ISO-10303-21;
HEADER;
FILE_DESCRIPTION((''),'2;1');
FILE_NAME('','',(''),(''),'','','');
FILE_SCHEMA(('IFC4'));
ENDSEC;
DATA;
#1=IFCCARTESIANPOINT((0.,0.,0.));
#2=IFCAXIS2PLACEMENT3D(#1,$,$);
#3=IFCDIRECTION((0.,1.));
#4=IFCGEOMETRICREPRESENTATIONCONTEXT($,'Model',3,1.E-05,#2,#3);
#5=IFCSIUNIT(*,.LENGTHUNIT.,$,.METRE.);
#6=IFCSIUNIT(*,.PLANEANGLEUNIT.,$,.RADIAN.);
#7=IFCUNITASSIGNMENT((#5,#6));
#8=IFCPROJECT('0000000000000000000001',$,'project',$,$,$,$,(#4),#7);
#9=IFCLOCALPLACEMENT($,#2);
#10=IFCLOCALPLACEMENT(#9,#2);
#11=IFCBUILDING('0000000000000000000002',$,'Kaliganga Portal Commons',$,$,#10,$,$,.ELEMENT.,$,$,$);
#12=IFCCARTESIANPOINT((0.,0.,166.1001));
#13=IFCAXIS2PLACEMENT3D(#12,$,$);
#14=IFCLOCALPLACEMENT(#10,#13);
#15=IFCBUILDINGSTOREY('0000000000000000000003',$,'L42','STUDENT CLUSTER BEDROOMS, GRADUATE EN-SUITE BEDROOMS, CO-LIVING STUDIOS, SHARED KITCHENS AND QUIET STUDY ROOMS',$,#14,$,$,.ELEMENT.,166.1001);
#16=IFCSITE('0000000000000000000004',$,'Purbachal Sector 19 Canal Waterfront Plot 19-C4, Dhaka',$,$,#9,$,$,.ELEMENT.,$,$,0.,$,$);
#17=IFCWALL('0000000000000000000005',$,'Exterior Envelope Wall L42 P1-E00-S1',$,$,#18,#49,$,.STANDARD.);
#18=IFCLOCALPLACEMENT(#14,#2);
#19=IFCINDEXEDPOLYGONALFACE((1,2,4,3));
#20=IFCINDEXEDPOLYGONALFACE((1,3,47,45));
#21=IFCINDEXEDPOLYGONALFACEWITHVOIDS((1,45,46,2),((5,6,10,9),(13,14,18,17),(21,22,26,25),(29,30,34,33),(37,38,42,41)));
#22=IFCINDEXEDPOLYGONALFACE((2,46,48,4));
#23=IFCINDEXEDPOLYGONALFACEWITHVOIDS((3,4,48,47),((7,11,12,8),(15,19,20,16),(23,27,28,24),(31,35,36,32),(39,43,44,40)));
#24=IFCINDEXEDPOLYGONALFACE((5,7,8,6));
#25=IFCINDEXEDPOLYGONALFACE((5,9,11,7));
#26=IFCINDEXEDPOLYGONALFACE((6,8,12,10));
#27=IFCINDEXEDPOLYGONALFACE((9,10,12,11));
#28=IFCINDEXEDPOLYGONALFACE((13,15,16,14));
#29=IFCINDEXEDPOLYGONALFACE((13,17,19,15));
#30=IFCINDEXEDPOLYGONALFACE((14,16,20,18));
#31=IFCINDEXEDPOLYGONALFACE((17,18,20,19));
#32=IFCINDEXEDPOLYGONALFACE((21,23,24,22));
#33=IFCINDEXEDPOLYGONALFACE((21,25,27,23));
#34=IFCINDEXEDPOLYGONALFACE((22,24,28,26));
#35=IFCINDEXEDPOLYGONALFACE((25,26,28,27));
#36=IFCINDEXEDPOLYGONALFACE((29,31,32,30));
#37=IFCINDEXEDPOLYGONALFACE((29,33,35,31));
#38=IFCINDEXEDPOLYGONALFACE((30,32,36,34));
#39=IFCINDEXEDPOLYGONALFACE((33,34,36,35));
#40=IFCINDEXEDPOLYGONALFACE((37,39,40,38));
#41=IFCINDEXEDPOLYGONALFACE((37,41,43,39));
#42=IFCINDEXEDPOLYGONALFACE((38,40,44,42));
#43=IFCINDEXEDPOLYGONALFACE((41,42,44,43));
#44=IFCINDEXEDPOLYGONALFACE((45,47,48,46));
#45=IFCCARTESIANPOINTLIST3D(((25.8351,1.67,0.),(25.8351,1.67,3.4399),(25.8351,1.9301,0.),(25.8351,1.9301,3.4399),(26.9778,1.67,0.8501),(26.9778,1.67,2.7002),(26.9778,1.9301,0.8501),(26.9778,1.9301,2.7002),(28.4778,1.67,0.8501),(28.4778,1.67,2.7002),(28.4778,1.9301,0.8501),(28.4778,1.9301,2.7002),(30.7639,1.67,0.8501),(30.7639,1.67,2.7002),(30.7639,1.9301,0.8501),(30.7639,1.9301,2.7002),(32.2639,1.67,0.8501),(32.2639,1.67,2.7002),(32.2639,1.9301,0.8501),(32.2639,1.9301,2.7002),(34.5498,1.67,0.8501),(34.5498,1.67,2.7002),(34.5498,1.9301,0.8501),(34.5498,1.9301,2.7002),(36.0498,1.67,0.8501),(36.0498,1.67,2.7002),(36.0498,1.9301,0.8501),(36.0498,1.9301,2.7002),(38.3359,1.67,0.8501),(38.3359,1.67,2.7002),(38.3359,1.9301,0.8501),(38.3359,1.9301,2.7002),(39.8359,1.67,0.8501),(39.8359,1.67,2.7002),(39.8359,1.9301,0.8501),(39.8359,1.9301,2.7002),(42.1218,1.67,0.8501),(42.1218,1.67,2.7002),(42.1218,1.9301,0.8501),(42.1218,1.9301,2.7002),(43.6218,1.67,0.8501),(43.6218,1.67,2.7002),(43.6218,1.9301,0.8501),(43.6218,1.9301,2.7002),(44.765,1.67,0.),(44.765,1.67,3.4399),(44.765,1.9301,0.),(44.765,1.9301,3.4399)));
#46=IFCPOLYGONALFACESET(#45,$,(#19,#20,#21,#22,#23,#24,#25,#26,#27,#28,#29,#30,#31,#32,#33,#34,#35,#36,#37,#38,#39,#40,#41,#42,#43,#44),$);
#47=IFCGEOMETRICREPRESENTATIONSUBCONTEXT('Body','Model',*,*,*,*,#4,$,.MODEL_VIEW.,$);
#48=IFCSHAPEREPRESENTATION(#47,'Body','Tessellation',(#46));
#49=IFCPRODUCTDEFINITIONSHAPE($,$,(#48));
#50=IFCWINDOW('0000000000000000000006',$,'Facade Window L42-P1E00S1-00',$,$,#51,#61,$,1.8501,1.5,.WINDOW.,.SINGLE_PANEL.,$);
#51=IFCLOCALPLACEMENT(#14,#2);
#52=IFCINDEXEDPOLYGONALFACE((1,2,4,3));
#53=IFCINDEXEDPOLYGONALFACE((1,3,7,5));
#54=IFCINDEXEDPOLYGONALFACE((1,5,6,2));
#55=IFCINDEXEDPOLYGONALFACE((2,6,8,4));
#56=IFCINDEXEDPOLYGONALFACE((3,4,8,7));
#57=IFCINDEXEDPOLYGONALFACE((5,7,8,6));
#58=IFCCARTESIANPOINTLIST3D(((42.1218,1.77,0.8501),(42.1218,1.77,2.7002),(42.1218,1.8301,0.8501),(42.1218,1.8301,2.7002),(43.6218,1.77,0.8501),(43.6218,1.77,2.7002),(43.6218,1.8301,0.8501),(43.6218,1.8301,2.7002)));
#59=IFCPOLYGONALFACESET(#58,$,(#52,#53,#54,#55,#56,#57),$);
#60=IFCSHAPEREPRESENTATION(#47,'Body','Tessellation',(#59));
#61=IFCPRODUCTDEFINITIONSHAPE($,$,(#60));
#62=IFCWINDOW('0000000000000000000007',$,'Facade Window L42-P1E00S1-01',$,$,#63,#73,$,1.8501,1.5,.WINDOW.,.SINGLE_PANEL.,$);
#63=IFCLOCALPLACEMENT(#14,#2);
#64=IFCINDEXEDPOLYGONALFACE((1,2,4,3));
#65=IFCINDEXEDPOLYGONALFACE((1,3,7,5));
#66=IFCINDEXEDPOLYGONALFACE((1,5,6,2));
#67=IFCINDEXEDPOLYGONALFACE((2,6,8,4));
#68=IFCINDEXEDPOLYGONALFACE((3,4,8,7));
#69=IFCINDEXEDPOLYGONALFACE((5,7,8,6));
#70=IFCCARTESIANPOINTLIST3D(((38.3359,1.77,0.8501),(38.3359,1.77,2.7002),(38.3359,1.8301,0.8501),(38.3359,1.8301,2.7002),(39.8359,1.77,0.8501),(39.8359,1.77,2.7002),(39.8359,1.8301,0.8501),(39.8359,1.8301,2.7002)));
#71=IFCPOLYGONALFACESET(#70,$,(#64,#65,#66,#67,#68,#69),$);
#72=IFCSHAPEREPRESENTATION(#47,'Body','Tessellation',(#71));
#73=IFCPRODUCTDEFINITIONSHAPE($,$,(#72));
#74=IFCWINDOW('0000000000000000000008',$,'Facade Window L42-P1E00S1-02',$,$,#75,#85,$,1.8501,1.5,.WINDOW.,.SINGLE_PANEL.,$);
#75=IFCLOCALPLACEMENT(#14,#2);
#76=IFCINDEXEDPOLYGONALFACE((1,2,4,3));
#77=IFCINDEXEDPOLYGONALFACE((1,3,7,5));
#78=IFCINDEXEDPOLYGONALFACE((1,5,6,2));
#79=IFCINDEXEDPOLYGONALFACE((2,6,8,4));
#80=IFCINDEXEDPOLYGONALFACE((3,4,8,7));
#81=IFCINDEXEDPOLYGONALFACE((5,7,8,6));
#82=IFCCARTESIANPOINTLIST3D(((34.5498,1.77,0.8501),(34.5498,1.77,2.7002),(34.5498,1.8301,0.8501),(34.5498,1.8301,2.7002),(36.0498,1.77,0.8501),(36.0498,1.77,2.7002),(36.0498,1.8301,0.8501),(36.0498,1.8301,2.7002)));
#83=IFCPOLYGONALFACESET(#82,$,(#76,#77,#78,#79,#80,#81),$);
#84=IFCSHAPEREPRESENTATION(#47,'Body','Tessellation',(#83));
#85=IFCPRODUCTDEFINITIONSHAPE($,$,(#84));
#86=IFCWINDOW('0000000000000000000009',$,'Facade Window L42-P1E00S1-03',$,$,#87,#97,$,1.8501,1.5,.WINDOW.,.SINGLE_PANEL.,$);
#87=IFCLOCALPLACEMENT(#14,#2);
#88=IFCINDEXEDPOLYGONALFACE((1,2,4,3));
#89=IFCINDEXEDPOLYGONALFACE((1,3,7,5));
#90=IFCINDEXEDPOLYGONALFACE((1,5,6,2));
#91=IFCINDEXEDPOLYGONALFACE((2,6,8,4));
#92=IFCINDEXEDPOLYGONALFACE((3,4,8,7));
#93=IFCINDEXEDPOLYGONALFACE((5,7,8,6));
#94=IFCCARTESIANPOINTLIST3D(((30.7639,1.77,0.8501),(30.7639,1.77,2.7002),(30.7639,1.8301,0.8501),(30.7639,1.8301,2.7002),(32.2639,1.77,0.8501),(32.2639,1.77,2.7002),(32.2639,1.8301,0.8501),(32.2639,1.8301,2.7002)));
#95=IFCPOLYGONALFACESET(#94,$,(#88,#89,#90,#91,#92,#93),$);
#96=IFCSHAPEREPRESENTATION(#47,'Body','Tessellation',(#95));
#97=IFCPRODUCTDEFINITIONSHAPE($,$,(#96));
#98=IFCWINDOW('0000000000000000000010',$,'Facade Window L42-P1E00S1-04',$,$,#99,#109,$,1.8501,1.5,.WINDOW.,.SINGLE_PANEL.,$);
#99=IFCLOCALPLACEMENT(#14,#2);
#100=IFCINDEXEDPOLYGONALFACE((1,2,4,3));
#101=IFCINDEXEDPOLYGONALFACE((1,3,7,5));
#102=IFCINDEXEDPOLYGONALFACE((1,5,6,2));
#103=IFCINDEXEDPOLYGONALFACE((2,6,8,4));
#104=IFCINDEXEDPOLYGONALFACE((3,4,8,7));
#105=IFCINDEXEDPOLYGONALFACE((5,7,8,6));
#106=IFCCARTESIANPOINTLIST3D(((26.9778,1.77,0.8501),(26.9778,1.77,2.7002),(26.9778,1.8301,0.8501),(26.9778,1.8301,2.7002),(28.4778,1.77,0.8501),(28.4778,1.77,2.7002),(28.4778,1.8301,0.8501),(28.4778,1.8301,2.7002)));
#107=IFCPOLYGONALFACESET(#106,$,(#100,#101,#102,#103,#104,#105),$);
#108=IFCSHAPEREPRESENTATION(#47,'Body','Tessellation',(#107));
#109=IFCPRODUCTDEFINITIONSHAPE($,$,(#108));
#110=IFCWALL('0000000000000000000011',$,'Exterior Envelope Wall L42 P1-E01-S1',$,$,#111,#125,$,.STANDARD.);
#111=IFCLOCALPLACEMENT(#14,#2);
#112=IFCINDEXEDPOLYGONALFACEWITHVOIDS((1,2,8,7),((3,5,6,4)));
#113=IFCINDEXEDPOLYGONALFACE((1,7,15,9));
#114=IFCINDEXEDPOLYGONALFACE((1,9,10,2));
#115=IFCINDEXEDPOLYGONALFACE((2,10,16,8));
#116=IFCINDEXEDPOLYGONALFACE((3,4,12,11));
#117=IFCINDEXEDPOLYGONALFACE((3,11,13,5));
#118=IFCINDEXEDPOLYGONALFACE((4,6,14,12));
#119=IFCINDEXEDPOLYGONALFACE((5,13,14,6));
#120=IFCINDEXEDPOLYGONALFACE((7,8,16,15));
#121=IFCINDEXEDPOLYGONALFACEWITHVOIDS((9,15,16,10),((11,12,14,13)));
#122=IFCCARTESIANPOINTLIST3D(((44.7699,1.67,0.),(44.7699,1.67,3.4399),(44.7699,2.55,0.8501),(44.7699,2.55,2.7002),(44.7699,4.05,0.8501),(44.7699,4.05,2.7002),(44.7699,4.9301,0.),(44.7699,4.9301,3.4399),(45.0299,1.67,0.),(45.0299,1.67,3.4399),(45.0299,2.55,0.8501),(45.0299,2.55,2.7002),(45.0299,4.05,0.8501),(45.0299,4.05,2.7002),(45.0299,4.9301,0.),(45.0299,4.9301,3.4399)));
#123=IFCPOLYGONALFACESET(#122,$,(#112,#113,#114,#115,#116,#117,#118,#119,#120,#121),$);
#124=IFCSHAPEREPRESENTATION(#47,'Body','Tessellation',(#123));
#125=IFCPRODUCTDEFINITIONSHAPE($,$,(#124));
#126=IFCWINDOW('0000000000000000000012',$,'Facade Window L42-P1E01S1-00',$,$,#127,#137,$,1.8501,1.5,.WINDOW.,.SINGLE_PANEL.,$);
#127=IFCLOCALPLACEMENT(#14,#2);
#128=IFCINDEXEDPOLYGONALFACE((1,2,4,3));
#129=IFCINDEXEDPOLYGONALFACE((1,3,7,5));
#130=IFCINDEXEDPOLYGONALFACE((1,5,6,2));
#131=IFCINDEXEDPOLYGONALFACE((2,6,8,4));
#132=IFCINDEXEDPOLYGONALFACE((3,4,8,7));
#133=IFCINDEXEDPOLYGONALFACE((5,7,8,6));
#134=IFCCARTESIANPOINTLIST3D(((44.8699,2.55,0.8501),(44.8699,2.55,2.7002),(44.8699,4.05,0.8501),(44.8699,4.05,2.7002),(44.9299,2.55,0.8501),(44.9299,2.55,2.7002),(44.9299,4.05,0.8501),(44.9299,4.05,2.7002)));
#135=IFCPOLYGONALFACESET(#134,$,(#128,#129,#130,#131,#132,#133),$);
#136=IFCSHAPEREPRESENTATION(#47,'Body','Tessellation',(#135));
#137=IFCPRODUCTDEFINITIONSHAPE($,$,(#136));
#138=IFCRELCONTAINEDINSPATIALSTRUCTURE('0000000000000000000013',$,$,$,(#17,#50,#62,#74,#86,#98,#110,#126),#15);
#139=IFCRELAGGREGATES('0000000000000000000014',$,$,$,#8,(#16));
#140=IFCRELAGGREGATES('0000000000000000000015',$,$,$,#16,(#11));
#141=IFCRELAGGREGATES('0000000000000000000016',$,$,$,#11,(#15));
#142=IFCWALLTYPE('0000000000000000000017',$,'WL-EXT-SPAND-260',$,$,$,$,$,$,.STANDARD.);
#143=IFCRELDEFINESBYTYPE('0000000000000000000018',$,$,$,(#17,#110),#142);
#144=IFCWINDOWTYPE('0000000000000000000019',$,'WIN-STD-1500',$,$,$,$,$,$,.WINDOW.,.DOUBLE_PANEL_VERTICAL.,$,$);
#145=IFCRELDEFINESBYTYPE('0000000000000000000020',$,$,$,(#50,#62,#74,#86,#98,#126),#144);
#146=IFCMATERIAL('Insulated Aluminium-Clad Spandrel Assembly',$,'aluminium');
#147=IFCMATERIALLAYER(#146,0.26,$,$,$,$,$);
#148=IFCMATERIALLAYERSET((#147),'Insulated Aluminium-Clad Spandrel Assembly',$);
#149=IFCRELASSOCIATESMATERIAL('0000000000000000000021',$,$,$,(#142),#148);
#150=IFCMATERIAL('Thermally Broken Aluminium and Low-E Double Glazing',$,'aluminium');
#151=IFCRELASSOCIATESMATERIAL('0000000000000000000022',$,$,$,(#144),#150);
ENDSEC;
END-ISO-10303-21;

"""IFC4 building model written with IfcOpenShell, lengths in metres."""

from ifc_helpers import new_model, si_unit, direction, frame, frame_2d, origin, place, context, subcontext, project, spatial, rectangle, extrude, material, layer, layer_set, type_object, element, fill, save


model = new_model("IFC4")

# Units and contexts
model_context = context("Model", 3, precision=1e-05, world=origin(), true_north=direction((0.0, 1.0)))
body_context = subcontext(model_context, "Body", "Model", "MODEL_VIEW")
ifc_project = project(units=[si_unit("LENGTHUNIT", "METRE"), si_unit("PLANEANGLEUNIT", "RADIAN")], contexts=[model_context])

# Site, building, storey
site_placement = place(None, origin())
site = spatial("IfcSite", under=ifc_project, at=site_placement, Name="Purbachal Sector 19 Canal Waterfront Plot 19-C4, Dhaka", CompositionType="ELEMENT", RefElevation=0.0)
building_placement = place(site_placement, origin())
building = spatial("IfcBuilding", under=site, at=building_placement, Name="Kaliganga Portal Commons", CompositionType="ELEMENT")
storey_placement = place(building_placement, frame((0.0, 0.0, 166.1001)))
storey = spatial("IfcBuildingStorey", under=building, at=storey_placement, Name="L42", Description="STUDENT CLUSTER BEDROOMS, GRADUATE EN-SUITE BEDROOMS, CO-LIVING STUDIOS, SHARED KITCHENS AND QUIET STUDY ROOMS", CompositionType="ELEMENT", Elevation=166.1001)

# Wall, openings, windows
ifc_material_1 = material(Name="Insulated Aluminium-Clad Spandrel Assembly", Category="aluminium")
ifc_layer_1 = layer(ifc_material_1, 0.26)
ifc_layer_set_1 = layer_set([ifc_layer_1], Name="Insulated Aluminium-Clad Spandrel Assembly")
wall_type_1 = type_object("IfcWallType", Name="WL-EXT-SPAND-260", PredefinedType="STANDARD", material=ifc_layer_set_1)
wall_1_placement = place(storey_placement, frame((44.7649, 1.8, 0.0), z_axis=(0.0, 0.0, 1.0), x_axis=(-1.0, 0.0, 0.0)))
wall_1 = element("IfcWall", 1, at=wall_1_placement, inside=storey, type_object=wall_type_1, Name="Exterior Envelope Wall L42 P1-E00-S1", PredefinedType="STANDARD", context=body_context, shape_type="SweptSolid", body=[
    extrude(rectangle(XDim=18.9299, YDim=0.26, at=frame_2d((9.4648, 0.0))), origin(), (0.0, 0.0, 1.0), 3.4399),
])
opening_1_placement = place(wall_1_placement, frame((1.1431, 0.0, 0.8501)))
opening_1 = element("IfcOpeningElement", 2, at=opening_1_placement, cuts=wall_1, PredefinedType="OPENING", context=body_context, shape_type="SweptSolid", body=[
    extrude(rectangle(XDim=1.5, YDim=1.8501, at=frame_2d((0.75, 0.925))), frame((0.0, 0.1401, 0.0), z_axis=(0.0, -1.0, 0.0), x_axis=(1.0, 0.0, 0.0)), (0.0, 0.0, 1.0), 0.28),
])
opening_2_placement = place(wall_1_placement, frame((4.929, 0.0, 0.8501)))
opening_2 = element("IfcOpeningElement", 3, at=opening_2_placement, cuts=wall_1, PredefinedType="OPENING", context=body_context, shape_type="SweptSolid", body=[
    extrude(rectangle(XDim=1.5, YDim=1.8501, at=frame_2d((0.75, 0.925))), frame((0.0, 0.1401, 0.0), z_axis=(0.0, -1.0, 0.0), x_axis=(1.0, 0.0, 0.0)), (0.0, 0.0, 1.0), 0.28),
])
opening_3_placement = place(wall_1_placement, frame((8.7151, 0.0, 0.8501)))
opening_3 = element("IfcOpeningElement", 4, at=opening_3_placement, cuts=wall_1, PredefinedType="OPENING", context=body_context, shape_type="SweptSolid", body=[
    extrude(rectangle(XDim=1.5, YDim=1.8501, at=frame_2d((0.75, 0.925))), frame((0.0, 0.1401, 0.0), z_axis=(0.0, -1.0, 0.0), x_axis=(1.0, 0.0, 0.0)), (0.0, 0.0, 1.0), 0.28),
])
opening_4_placement = place(wall_1_placement, frame((12.501, 0.0, 0.8501)))
opening_4 = element("IfcOpeningElement", 5, at=opening_4_placement, cuts=wall_1, PredefinedType="OPENING", context=body_context, shape_type="SweptSolid", body=[
    extrude(rectangle(XDim=1.5, YDim=1.8501, at=frame_2d((0.75, 0.925))), frame((0.0, 0.1401, 0.0), z_axis=(0.0, -1.0, 0.0), x_axis=(1.0, 0.0, 0.0)), (0.0, 0.0, 1.0), 0.28),
])
opening_5_placement = place(wall_1_placement, frame((16.2871, 0.0, 0.8501)))
opening_5 = element("IfcOpeningElement", 6, at=opening_5_placement, cuts=wall_1, PredefinedType="OPENING", context=body_context, shape_type="SweptSolid", body=[
    extrude(rectangle(XDim=1.5, YDim=1.8501, at=frame_2d((0.75, 0.925))), frame((0.0, 0.1401, 0.0), z_axis=(0.0, -1.0, 0.0), x_axis=(1.0, 0.0, 0.0)), (0.0, 0.0, 1.0), 0.28),
])
ifc_material_2 = material(Name="Thermally Broken Aluminium and Low-E Double Glazing", Category="aluminium")
window_type = type_object("IfcWindowType", Name="WIN-STD-1500", PartitioningType="DOUBLE_PANEL_VERTICAL", PredefinedType="WINDOW", material=ifc_material_2)
window_1_placement = place(opening_1_placement, origin())
window_1 = element("IfcWindow", 7, at=window_1_placement, inside=storey, type_object=window_type, Name="Facade Window L42-P1E00S1-00", OverallHeight=1.8501, OverallWidth=1.5, PartitioningType="SINGLE_PANEL", PredefinedType="WINDOW", context=body_context, shape_type="SweptSolid", body=[
    extrude(rectangle(XDim=1.5, YDim=1.8501, at=frame_2d((0.75, 0.925))), frame((0.0, 0.03, 0.0), z_axis=(0.0, -1.0, 0.0), x_axis=(1.0, 0.0, 0.0)), (0.0, 0.0, 1.0), 0.0601),
])
fill(opening_1, window_1)
window_2_placement = place(opening_2_placement, origin())
window_2 = element("IfcWindow", 8, at=window_2_placement, inside=storey, type_object=window_type, Name="Facade Window L42-P1E00S1-01", OverallHeight=1.8501, OverallWidth=1.5, PartitioningType="SINGLE_PANEL", PredefinedType="WINDOW", context=body_context, shape_type="SweptSolid", body=[
    extrude(rectangle(XDim=1.5, YDim=1.8501, at=frame_2d((0.75, 0.925))), frame((0.0, 0.03, 0.0), z_axis=(0.0, -1.0, 0.0), x_axis=(1.0, 0.0, 0.0)), (0.0, 0.0, 1.0), 0.0601),
])
fill(opening_2, window_2)
window_3_placement = place(opening_3_placement, origin())
window_3 = element("IfcWindow", 9, at=window_3_placement, inside=storey, type_object=window_type, Name="Facade Window L42-P1E00S1-02", OverallHeight=1.8501, OverallWidth=1.5, PartitioningType="SINGLE_PANEL", PredefinedType="WINDOW", context=body_context, shape_type="SweptSolid", body=[
    extrude(rectangle(XDim=1.5, YDim=1.8501, at=frame_2d((0.75, 0.925))), frame((0.0, 0.03, 0.0), z_axis=(0.0, -1.0, 0.0), x_axis=(1.0, 0.0, 0.0)), (0.0, 0.0, 1.0), 0.0601),
])
fill(opening_3, window_3)
window_4_placement = place(opening_4_placement, origin())
window_4 = element("IfcWindow", 10, at=window_4_placement, inside=storey, type_object=window_type, Name="Facade Window L42-P1E00S1-03", OverallHeight=1.8501, OverallWidth=1.5, PartitioningType="SINGLE_PANEL", PredefinedType="WINDOW", context=body_context, shape_type="SweptSolid", body=[
    extrude(rectangle(XDim=1.5, YDim=1.8501, at=frame_2d((0.75, 0.925))), frame((0.0, 0.03, 0.0), z_axis=(0.0, -1.0, 0.0), x_axis=(1.0, 0.0, 0.0)), (0.0, 0.0, 1.0), 0.0601),
])
fill(opening_4, window_4)
window_5_placement = place(opening_5_placement, origin())
window_5 = element("IfcWindow", 11, at=window_5_placement, inside=storey, type_object=window_type, Name="Facade Window L42-P1E00S1-04", OverallHeight=1.8501, OverallWidth=1.5, PartitioningType="SINGLE_PANEL", PredefinedType="WINDOW", context=body_context, shape_type="SweptSolid", body=[
    extrude(rectangle(XDim=1.5, YDim=1.8501, at=frame_2d((0.75, 0.925))), frame((0.0, 0.03, 0.0), z_axis=(0.0, -1.0, 0.0), x_axis=(1.0, 0.0, 0.0)), (0.0, 0.0, 1.0), 0.0601),
])
fill(opening_5, window_5)

# Wall, opening, window
wall_2_placement = place(storey_placement, frame((44.8999, 4.9299, 0.0), z_axis=(0.0, 0.0, 1.0), x_axis=(0.0, -1.0, 0.0)))
wall_2 = element("IfcWall", 12, at=wall_2_placement, inside=storey, type_object=wall_type_1, Name="Exterior Envelope Wall L42 P1-E01-S1", PredefinedType="STANDARD", context=body_context, shape_type="SweptSolid", body=[
    extrude(rectangle(XDim=3.26, YDim=0.26, at=frame_2d((1.6299, 0.0))), origin(), (0.0, 0.0, 1.0), 3.4399),
])
opening_6_placement = place(wall_2_placement, frame((0.8799, 0.0, 0.8501)))
opening_6 = element("IfcOpeningElement", 13, at=opening_6_placement, cuts=wall_2, PredefinedType="OPENING", context=body_context, shape_type="SweptSolid", body=[
    extrude(rectangle(XDim=1.5, YDim=1.8501, at=frame_2d((0.75, 0.925))), frame((0.0, 0.1401, 0.0), z_axis=(0.0, -1.0, 0.0), x_axis=(1.0, 0.0, 0.0)), (0.0, 0.0, 1.0), 0.28),
])
window_6_placement = place(opening_6_placement, origin())
window_6 = element("IfcWindow", 14, at=window_6_placement, inside=storey, type_object=window_type, Name="Facade Window L42-P1E01S1-00", OverallHeight=1.8501, OverallWidth=1.5, PartitioningType="SINGLE_PANEL", PredefinedType="WINDOW", context=body_context, shape_type="SweptSolid", body=[
    extrude(rectangle(XDim=1.5, YDim=1.8501, at=frame_2d((0.75, 0.925))), frame((0.0, 0.03, 0.0), z_axis=(0.0, -1.0, 0.0), x_axis=(1.0, 0.0, 0.0)), (0.0, 0.0, 1.0), 0.0601),
])
fill(opening_6, window_6)

save(model, "model.ifc")
